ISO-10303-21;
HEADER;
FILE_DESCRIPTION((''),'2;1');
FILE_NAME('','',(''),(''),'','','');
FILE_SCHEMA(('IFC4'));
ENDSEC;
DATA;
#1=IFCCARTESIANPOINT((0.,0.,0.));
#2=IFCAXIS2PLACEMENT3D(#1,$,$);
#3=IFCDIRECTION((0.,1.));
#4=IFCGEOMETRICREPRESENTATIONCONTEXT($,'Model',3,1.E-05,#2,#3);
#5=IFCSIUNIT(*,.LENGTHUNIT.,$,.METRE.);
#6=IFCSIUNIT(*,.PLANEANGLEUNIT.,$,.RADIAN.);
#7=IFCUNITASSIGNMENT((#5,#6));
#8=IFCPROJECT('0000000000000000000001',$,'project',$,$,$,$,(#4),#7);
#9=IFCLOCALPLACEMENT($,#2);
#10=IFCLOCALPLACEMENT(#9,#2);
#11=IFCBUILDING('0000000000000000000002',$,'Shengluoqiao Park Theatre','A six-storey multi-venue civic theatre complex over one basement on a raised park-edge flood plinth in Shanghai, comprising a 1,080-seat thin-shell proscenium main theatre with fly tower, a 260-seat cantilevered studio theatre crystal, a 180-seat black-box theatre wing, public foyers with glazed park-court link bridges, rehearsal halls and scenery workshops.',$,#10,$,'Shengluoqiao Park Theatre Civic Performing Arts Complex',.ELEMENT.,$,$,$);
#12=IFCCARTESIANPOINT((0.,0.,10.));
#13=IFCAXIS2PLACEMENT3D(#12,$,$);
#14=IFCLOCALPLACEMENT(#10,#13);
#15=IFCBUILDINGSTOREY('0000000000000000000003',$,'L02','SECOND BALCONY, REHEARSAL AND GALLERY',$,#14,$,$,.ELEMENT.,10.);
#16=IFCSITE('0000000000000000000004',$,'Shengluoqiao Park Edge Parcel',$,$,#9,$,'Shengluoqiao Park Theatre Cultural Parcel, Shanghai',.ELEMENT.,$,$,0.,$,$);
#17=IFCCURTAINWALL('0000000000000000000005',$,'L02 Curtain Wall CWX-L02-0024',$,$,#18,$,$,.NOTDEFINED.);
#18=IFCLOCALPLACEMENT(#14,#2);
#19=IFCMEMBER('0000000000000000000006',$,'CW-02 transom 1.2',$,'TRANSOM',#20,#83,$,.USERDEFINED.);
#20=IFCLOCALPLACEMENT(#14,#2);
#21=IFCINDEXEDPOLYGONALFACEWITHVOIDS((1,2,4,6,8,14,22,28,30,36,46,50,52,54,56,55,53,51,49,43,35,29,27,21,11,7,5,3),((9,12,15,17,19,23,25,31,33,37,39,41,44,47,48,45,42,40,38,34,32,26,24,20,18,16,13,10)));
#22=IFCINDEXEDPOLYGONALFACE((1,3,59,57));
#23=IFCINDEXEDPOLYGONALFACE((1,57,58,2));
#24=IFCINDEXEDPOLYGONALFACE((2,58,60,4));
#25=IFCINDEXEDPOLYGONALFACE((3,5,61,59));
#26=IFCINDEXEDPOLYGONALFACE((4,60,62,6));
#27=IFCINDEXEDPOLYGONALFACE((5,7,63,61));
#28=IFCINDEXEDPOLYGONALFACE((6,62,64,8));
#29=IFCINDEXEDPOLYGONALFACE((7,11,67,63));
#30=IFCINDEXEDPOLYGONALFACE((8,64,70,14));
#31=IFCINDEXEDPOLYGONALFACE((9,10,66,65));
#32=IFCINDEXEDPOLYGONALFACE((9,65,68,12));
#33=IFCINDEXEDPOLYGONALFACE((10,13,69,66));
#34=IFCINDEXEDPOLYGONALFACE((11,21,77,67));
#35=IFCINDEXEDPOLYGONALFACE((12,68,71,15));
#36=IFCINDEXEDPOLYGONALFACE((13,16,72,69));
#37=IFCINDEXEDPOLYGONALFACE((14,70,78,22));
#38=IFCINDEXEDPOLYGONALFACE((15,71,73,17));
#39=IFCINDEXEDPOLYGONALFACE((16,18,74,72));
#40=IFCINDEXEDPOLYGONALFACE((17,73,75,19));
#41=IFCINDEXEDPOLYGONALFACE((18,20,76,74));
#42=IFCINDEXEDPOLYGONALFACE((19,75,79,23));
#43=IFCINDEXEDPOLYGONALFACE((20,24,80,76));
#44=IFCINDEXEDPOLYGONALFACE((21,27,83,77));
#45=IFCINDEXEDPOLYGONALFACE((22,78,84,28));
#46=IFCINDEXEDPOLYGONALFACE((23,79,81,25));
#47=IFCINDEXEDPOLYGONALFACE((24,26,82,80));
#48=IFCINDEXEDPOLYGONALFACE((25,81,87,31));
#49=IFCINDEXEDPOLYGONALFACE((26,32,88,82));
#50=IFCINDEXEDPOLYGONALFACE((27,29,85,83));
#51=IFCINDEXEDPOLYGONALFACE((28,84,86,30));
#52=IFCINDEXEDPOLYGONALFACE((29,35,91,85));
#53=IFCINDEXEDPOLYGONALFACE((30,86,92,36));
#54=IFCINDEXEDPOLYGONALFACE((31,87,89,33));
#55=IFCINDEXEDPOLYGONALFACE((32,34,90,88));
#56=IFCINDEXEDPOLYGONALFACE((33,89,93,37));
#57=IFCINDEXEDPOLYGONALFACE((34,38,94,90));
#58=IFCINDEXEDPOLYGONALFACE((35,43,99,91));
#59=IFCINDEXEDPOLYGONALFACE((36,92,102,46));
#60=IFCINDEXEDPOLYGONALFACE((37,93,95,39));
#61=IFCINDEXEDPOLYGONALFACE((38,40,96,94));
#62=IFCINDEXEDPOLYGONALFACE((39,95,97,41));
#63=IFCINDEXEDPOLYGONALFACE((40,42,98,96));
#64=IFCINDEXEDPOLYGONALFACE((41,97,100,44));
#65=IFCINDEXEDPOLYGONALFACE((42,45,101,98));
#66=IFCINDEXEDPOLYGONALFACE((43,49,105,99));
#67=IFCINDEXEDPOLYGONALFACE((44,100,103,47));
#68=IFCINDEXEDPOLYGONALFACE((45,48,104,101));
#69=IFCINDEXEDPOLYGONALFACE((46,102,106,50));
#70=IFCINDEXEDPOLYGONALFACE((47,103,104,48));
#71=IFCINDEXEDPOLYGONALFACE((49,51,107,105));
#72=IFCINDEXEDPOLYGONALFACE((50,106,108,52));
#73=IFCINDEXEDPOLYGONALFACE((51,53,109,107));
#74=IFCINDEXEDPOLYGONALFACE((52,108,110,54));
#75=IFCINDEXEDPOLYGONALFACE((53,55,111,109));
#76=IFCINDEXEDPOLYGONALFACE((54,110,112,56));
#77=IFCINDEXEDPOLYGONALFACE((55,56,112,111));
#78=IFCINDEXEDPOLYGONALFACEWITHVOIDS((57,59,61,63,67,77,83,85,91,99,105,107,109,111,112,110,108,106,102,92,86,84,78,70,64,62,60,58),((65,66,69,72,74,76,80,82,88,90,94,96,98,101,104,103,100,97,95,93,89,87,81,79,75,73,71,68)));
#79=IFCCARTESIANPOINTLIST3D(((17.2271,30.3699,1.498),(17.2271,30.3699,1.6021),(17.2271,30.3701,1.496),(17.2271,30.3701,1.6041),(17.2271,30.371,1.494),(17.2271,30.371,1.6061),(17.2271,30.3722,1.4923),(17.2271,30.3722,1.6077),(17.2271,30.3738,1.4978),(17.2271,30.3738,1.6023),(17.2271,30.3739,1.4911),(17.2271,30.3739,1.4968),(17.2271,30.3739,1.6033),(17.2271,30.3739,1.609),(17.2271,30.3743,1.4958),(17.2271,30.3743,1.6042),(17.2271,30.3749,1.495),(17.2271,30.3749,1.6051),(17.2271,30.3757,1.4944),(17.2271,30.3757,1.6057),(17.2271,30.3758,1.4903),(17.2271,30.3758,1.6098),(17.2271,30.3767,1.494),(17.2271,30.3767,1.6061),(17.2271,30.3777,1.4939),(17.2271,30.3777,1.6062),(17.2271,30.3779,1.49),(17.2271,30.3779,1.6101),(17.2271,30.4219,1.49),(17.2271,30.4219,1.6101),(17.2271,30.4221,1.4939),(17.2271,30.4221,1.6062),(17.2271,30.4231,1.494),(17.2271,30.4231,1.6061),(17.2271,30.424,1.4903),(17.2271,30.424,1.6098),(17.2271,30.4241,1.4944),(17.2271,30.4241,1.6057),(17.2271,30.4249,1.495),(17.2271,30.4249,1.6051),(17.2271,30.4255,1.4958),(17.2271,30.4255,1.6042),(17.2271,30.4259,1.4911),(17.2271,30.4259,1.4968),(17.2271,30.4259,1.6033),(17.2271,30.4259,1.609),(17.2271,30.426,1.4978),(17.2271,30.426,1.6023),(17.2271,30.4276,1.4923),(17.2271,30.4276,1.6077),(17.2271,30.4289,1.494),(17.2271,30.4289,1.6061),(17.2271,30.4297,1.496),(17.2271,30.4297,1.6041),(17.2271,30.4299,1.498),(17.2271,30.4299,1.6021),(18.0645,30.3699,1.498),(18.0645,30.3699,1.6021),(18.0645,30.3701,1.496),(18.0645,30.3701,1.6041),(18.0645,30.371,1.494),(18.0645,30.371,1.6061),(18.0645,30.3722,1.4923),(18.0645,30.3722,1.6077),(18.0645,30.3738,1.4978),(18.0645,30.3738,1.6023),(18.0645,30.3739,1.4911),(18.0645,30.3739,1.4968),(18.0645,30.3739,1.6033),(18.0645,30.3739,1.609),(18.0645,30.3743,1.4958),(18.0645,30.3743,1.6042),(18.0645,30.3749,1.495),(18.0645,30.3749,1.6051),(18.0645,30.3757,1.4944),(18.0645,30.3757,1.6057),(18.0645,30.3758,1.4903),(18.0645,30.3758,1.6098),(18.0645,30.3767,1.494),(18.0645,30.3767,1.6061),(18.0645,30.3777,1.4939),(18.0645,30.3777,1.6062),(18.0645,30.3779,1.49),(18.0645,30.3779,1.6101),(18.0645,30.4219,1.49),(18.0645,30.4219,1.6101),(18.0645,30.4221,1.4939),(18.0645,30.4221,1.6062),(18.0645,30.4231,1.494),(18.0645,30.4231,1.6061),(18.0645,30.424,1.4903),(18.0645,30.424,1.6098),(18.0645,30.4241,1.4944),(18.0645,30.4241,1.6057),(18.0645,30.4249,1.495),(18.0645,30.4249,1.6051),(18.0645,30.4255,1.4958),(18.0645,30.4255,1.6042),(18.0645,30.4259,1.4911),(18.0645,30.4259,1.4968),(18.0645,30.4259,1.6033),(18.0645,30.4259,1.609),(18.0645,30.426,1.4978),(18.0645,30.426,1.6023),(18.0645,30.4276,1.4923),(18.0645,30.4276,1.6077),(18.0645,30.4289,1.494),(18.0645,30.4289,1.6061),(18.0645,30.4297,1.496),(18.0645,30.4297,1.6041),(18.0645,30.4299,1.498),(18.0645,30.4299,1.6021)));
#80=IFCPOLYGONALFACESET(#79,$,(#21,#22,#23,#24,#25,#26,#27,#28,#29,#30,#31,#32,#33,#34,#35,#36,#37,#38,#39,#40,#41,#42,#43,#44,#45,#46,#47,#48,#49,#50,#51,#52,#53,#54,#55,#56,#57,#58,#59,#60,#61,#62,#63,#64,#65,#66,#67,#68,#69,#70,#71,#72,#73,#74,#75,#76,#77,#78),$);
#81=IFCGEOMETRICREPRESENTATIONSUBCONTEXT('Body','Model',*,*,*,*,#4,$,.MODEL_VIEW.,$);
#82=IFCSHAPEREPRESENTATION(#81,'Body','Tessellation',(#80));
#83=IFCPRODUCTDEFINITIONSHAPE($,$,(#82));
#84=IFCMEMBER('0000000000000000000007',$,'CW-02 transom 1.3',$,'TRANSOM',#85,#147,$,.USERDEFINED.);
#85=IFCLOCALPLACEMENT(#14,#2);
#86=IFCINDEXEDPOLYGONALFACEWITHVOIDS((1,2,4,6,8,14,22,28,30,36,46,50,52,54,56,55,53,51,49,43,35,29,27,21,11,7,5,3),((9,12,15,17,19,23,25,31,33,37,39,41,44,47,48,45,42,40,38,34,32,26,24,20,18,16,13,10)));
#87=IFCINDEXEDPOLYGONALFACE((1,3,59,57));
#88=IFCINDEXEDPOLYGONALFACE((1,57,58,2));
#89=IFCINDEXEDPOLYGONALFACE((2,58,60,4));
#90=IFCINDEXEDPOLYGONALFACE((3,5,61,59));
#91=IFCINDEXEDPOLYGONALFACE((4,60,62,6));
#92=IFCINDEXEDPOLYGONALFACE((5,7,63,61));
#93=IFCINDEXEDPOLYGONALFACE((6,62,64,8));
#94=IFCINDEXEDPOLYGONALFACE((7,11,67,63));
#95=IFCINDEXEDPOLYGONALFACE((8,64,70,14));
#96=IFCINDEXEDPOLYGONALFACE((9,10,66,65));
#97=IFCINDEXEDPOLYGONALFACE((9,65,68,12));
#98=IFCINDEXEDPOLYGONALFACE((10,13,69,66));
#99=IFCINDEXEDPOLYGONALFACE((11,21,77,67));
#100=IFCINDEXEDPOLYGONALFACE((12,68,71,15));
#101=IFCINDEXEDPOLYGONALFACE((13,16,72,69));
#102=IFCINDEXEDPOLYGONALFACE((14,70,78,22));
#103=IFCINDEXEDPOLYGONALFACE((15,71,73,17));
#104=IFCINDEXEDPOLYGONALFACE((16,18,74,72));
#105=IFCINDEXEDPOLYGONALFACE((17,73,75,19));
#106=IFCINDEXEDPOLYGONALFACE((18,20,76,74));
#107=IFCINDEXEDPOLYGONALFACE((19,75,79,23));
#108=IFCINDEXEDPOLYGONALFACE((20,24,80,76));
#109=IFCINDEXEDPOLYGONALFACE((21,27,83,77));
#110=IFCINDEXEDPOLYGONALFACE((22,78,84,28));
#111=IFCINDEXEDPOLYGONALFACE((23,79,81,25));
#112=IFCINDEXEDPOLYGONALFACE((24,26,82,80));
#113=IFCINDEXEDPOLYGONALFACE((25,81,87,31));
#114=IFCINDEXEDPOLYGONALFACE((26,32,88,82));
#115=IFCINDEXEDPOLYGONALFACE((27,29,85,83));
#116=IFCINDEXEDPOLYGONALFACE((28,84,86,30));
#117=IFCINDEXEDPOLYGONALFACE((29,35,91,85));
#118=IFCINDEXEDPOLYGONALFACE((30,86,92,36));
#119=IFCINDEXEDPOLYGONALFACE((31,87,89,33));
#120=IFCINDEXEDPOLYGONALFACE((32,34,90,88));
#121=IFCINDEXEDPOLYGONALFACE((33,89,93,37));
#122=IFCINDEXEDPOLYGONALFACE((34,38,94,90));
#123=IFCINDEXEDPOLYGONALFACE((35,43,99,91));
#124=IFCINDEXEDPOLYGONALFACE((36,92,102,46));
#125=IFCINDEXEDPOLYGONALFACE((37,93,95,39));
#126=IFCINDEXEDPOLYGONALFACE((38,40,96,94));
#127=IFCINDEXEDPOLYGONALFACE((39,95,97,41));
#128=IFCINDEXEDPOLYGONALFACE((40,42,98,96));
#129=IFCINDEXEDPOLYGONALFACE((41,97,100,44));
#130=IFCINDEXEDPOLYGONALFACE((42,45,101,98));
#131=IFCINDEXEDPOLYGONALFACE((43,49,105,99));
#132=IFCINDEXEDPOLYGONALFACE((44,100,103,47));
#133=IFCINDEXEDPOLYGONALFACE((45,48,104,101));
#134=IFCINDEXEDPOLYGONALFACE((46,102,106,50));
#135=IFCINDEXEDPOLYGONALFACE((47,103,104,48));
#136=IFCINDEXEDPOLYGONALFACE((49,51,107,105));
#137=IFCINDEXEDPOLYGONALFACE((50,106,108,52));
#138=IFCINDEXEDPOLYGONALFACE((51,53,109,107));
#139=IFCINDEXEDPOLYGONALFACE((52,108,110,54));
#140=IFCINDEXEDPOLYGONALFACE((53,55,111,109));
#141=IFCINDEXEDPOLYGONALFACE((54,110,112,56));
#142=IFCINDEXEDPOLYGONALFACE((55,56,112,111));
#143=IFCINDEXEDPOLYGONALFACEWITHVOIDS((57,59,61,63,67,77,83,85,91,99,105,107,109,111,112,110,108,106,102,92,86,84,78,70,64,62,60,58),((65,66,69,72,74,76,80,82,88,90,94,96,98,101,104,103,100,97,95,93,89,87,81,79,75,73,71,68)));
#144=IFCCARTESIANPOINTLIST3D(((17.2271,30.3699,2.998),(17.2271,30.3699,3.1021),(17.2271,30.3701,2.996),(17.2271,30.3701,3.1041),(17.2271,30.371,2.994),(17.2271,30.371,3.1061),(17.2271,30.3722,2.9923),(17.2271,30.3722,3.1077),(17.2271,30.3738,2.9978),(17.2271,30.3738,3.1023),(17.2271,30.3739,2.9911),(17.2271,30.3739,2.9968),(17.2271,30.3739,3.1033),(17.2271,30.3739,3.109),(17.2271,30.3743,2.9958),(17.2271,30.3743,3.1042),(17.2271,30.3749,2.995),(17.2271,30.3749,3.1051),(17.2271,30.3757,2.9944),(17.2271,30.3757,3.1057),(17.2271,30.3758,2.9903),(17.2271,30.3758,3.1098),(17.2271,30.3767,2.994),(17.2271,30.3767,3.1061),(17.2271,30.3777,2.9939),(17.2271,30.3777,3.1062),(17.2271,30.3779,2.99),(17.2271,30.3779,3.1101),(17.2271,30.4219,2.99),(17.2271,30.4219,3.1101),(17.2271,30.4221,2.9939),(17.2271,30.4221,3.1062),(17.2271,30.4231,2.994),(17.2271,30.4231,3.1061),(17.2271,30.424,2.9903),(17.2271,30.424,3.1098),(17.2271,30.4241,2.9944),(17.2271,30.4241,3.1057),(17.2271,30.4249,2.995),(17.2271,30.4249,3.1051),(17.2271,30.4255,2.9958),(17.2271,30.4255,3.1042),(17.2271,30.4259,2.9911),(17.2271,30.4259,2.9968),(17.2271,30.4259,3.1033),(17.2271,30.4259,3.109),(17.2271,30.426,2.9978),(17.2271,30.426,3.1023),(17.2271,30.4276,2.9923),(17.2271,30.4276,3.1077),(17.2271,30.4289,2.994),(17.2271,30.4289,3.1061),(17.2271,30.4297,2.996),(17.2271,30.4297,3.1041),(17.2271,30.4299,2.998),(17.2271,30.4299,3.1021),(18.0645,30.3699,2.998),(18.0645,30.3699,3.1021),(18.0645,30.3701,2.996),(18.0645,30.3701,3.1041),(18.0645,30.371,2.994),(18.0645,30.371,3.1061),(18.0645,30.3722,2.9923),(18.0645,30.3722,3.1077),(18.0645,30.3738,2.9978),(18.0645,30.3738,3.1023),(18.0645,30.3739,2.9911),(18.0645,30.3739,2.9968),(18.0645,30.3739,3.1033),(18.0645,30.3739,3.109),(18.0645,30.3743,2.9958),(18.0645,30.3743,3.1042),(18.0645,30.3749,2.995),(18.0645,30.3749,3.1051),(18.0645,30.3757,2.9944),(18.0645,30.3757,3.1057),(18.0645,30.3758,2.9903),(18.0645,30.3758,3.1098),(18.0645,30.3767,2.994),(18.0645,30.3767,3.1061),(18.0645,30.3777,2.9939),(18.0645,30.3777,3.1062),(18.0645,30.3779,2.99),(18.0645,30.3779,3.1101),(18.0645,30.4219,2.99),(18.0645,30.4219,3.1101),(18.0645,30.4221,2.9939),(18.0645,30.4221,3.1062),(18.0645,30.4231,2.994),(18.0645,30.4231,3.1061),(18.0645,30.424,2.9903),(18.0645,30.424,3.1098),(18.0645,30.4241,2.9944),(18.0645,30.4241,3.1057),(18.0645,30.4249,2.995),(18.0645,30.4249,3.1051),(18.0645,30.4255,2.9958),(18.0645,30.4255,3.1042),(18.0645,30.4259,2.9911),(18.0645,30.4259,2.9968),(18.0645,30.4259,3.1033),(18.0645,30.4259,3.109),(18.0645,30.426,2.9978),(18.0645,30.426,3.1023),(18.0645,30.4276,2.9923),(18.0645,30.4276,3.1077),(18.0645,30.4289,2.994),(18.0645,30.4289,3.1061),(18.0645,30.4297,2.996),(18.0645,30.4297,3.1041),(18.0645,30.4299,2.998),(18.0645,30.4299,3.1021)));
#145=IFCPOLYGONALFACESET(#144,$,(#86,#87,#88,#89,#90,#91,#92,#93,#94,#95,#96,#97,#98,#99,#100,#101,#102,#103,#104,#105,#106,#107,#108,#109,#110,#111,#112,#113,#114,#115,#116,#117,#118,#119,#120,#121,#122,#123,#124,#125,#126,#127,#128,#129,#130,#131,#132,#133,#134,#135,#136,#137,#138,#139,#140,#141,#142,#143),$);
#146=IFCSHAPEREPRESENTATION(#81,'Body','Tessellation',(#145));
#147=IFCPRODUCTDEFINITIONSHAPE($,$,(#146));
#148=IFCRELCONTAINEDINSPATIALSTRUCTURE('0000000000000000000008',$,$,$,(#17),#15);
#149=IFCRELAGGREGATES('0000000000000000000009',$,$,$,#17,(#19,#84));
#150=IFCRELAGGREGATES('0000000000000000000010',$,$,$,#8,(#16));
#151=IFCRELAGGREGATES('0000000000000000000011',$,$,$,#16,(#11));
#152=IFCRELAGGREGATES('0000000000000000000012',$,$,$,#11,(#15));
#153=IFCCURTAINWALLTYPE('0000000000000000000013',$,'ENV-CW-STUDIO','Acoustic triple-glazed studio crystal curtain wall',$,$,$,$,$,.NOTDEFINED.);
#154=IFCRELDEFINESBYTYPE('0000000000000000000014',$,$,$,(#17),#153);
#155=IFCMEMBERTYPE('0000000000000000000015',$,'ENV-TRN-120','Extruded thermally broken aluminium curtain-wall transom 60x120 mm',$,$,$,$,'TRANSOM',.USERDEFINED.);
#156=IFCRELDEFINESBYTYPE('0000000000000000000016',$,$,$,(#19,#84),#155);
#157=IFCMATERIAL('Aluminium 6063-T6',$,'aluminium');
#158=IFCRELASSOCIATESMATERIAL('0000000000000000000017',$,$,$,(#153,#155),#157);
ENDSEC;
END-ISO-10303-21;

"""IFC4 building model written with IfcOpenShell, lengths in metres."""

from ifc_helpers import new_model, si_unit, direction, frame, origin, origin_2d, place, context, subcontext, project, spatial, hollow_rectangle, extrude, material, material_profile, profile_set, type_object, element, aggregate, save


model = new_model("IFC4")

# Units and contexts
model_context = context("Model", 3, precision=1e-05, world=origin(), true_north=direction((0.0, 1.0)))
body_context = subcontext(model_context, "Body", "Model", "MODEL_VIEW")
ifc_project = project(units=[si_unit("LENGTHUNIT", "METRE"), si_unit("PLANEANGLEUNIT", "RADIAN")], contexts=[model_context])

# Site, building, storey
site_placement = place(None, origin())
site = spatial("IfcSite", under=ifc_project, at=site_placement, Name="Shengluoqiao Park Edge Parcel", LongName="Shengluoqiao Park Theatre Cultural Parcel, Shanghai", CompositionType="ELEMENT", RefElevation=0.0)
building_placement = place(site_placement, origin())
building = spatial("IfcBuilding", under=site, at=building_placement, Name="Shengluoqiao Park Theatre", Description="A six-storey multi-venue civic theatre complex over one basement on a raised park-edge flood plinth in Shanghai, comprising a 1,080-seat thin-shell proscenium main theatre with fly tower, a 260-seat cantilevered studio theatre crystal, a 180-seat black-box theatre wing, public foyers with glazed park-court link bridges, rehearsal halls and scenery workshops.", LongName="Shengluoqiao Park Theatre Civic Performing Arts Complex", CompositionType="ELEMENT")
storey_placement = place(building_placement, frame((0.0, 0.0, 10.0)))
storey = spatial("IfcBuildingStorey", under=building, at=storey_placement, Name="L02", Description="SECOND BALCONY, REHEARSAL AND GALLERY", CompositionType="ELEMENT", Elevation=10.0)

# Shared definitions
ifc_material_1 = material(Name="Aluminium 6063-T6", Category="aluminium")
curtain_wall_type = type_object("IfcCurtainWallType", Name="ENV-CW-STUDIO", Description="Acoustic triple-glazed studio crystal curtain wall", PredefinedType="NOTDEFINED", material=ifc_material_1)

# Curtain wall
curtain_wall_1_placement = place(storey_placement, origin())
curtain_wall_1 = element("IfcCurtainWall", 1, at=curtain_wall_1_placement, inside=storey, type_object=curtain_wall_type, Name="L02 Curtain Wall CWX-L02-0024", PredefinedType="NOTDEFINED")

# Members
ifc_material_profile_1 = material_profile(ifc_material_1, hollow_rectangle(XDim=0.0601, YDim=0.1201, WallThickness=0.0039, InnerFilletRadius=0.0039, OuterFilletRadius=0.0081, at=origin_2d()), Name="ALU TRANSOM 120x60x4")
ifc_profile_set_1 = profile_set([ifc_material_profile_1], Name="Aluminium 6063-T6")
member_type_1 = type_object("IfcMemberType", Name="ENV-TRN-120", Description="Extruded thermally broken aluminium curtain-wall transom 60x120 mm", ElementType="TRANSOM", PredefinedType="USERDEFINED", material=ifc_profile_set_1)
member_1_placement = place(storey_placement, frame((17.2271, 30.3999, 1.55), z_axis=(1.0, 0.0, 0.0), x_axis=(0.0, 1.0, 0.0)))
member_1 = element("IfcMember", 2, at=member_1_placement, type_object=member_type_1, Name="CW-02 transom 1.2", ObjectType="TRANSOM", PredefinedType="USERDEFINED", context=body_context, shape_type="SweptSolid", body=[
    extrude(hollow_rectangle(XDim=0.0601, YDim=0.1201, WallThickness=0.0039, InnerFilletRadius=0.0039, OuterFilletRadius=0.0081, at=origin_2d()), origin(), (0.0, 0.0, 1.0), 0.8374),
])
member_2_placement = place(storey_placement, frame((17.2271, 30.3999, 3.05), z_axis=(1.0, 0.0, 0.0), x_axis=(0.0, 1.0, 0.0)))
member_2 = element("IfcMember", 3, at=member_2_placement, type_object=member_type_1, Name="CW-02 transom 1.3", ObjectType="TRANSOM", PredefinedType="USERDEFINED", context=body_context, shape_type="SweptSolid", body=[
    extrude(hollow_rectangle(XDim=0.0601, YDim=0.1201, WallThickness=0.0039, InnerFilletRadius=0.0039, OuterFilletRadius=0.0081, at=origin_2d()), origin(), (0.0, 0.0, 1.0), 0.8374),
])

aggregate(curtain_wall_1, [member_1, member_2])

save(model, "model.ifc")
